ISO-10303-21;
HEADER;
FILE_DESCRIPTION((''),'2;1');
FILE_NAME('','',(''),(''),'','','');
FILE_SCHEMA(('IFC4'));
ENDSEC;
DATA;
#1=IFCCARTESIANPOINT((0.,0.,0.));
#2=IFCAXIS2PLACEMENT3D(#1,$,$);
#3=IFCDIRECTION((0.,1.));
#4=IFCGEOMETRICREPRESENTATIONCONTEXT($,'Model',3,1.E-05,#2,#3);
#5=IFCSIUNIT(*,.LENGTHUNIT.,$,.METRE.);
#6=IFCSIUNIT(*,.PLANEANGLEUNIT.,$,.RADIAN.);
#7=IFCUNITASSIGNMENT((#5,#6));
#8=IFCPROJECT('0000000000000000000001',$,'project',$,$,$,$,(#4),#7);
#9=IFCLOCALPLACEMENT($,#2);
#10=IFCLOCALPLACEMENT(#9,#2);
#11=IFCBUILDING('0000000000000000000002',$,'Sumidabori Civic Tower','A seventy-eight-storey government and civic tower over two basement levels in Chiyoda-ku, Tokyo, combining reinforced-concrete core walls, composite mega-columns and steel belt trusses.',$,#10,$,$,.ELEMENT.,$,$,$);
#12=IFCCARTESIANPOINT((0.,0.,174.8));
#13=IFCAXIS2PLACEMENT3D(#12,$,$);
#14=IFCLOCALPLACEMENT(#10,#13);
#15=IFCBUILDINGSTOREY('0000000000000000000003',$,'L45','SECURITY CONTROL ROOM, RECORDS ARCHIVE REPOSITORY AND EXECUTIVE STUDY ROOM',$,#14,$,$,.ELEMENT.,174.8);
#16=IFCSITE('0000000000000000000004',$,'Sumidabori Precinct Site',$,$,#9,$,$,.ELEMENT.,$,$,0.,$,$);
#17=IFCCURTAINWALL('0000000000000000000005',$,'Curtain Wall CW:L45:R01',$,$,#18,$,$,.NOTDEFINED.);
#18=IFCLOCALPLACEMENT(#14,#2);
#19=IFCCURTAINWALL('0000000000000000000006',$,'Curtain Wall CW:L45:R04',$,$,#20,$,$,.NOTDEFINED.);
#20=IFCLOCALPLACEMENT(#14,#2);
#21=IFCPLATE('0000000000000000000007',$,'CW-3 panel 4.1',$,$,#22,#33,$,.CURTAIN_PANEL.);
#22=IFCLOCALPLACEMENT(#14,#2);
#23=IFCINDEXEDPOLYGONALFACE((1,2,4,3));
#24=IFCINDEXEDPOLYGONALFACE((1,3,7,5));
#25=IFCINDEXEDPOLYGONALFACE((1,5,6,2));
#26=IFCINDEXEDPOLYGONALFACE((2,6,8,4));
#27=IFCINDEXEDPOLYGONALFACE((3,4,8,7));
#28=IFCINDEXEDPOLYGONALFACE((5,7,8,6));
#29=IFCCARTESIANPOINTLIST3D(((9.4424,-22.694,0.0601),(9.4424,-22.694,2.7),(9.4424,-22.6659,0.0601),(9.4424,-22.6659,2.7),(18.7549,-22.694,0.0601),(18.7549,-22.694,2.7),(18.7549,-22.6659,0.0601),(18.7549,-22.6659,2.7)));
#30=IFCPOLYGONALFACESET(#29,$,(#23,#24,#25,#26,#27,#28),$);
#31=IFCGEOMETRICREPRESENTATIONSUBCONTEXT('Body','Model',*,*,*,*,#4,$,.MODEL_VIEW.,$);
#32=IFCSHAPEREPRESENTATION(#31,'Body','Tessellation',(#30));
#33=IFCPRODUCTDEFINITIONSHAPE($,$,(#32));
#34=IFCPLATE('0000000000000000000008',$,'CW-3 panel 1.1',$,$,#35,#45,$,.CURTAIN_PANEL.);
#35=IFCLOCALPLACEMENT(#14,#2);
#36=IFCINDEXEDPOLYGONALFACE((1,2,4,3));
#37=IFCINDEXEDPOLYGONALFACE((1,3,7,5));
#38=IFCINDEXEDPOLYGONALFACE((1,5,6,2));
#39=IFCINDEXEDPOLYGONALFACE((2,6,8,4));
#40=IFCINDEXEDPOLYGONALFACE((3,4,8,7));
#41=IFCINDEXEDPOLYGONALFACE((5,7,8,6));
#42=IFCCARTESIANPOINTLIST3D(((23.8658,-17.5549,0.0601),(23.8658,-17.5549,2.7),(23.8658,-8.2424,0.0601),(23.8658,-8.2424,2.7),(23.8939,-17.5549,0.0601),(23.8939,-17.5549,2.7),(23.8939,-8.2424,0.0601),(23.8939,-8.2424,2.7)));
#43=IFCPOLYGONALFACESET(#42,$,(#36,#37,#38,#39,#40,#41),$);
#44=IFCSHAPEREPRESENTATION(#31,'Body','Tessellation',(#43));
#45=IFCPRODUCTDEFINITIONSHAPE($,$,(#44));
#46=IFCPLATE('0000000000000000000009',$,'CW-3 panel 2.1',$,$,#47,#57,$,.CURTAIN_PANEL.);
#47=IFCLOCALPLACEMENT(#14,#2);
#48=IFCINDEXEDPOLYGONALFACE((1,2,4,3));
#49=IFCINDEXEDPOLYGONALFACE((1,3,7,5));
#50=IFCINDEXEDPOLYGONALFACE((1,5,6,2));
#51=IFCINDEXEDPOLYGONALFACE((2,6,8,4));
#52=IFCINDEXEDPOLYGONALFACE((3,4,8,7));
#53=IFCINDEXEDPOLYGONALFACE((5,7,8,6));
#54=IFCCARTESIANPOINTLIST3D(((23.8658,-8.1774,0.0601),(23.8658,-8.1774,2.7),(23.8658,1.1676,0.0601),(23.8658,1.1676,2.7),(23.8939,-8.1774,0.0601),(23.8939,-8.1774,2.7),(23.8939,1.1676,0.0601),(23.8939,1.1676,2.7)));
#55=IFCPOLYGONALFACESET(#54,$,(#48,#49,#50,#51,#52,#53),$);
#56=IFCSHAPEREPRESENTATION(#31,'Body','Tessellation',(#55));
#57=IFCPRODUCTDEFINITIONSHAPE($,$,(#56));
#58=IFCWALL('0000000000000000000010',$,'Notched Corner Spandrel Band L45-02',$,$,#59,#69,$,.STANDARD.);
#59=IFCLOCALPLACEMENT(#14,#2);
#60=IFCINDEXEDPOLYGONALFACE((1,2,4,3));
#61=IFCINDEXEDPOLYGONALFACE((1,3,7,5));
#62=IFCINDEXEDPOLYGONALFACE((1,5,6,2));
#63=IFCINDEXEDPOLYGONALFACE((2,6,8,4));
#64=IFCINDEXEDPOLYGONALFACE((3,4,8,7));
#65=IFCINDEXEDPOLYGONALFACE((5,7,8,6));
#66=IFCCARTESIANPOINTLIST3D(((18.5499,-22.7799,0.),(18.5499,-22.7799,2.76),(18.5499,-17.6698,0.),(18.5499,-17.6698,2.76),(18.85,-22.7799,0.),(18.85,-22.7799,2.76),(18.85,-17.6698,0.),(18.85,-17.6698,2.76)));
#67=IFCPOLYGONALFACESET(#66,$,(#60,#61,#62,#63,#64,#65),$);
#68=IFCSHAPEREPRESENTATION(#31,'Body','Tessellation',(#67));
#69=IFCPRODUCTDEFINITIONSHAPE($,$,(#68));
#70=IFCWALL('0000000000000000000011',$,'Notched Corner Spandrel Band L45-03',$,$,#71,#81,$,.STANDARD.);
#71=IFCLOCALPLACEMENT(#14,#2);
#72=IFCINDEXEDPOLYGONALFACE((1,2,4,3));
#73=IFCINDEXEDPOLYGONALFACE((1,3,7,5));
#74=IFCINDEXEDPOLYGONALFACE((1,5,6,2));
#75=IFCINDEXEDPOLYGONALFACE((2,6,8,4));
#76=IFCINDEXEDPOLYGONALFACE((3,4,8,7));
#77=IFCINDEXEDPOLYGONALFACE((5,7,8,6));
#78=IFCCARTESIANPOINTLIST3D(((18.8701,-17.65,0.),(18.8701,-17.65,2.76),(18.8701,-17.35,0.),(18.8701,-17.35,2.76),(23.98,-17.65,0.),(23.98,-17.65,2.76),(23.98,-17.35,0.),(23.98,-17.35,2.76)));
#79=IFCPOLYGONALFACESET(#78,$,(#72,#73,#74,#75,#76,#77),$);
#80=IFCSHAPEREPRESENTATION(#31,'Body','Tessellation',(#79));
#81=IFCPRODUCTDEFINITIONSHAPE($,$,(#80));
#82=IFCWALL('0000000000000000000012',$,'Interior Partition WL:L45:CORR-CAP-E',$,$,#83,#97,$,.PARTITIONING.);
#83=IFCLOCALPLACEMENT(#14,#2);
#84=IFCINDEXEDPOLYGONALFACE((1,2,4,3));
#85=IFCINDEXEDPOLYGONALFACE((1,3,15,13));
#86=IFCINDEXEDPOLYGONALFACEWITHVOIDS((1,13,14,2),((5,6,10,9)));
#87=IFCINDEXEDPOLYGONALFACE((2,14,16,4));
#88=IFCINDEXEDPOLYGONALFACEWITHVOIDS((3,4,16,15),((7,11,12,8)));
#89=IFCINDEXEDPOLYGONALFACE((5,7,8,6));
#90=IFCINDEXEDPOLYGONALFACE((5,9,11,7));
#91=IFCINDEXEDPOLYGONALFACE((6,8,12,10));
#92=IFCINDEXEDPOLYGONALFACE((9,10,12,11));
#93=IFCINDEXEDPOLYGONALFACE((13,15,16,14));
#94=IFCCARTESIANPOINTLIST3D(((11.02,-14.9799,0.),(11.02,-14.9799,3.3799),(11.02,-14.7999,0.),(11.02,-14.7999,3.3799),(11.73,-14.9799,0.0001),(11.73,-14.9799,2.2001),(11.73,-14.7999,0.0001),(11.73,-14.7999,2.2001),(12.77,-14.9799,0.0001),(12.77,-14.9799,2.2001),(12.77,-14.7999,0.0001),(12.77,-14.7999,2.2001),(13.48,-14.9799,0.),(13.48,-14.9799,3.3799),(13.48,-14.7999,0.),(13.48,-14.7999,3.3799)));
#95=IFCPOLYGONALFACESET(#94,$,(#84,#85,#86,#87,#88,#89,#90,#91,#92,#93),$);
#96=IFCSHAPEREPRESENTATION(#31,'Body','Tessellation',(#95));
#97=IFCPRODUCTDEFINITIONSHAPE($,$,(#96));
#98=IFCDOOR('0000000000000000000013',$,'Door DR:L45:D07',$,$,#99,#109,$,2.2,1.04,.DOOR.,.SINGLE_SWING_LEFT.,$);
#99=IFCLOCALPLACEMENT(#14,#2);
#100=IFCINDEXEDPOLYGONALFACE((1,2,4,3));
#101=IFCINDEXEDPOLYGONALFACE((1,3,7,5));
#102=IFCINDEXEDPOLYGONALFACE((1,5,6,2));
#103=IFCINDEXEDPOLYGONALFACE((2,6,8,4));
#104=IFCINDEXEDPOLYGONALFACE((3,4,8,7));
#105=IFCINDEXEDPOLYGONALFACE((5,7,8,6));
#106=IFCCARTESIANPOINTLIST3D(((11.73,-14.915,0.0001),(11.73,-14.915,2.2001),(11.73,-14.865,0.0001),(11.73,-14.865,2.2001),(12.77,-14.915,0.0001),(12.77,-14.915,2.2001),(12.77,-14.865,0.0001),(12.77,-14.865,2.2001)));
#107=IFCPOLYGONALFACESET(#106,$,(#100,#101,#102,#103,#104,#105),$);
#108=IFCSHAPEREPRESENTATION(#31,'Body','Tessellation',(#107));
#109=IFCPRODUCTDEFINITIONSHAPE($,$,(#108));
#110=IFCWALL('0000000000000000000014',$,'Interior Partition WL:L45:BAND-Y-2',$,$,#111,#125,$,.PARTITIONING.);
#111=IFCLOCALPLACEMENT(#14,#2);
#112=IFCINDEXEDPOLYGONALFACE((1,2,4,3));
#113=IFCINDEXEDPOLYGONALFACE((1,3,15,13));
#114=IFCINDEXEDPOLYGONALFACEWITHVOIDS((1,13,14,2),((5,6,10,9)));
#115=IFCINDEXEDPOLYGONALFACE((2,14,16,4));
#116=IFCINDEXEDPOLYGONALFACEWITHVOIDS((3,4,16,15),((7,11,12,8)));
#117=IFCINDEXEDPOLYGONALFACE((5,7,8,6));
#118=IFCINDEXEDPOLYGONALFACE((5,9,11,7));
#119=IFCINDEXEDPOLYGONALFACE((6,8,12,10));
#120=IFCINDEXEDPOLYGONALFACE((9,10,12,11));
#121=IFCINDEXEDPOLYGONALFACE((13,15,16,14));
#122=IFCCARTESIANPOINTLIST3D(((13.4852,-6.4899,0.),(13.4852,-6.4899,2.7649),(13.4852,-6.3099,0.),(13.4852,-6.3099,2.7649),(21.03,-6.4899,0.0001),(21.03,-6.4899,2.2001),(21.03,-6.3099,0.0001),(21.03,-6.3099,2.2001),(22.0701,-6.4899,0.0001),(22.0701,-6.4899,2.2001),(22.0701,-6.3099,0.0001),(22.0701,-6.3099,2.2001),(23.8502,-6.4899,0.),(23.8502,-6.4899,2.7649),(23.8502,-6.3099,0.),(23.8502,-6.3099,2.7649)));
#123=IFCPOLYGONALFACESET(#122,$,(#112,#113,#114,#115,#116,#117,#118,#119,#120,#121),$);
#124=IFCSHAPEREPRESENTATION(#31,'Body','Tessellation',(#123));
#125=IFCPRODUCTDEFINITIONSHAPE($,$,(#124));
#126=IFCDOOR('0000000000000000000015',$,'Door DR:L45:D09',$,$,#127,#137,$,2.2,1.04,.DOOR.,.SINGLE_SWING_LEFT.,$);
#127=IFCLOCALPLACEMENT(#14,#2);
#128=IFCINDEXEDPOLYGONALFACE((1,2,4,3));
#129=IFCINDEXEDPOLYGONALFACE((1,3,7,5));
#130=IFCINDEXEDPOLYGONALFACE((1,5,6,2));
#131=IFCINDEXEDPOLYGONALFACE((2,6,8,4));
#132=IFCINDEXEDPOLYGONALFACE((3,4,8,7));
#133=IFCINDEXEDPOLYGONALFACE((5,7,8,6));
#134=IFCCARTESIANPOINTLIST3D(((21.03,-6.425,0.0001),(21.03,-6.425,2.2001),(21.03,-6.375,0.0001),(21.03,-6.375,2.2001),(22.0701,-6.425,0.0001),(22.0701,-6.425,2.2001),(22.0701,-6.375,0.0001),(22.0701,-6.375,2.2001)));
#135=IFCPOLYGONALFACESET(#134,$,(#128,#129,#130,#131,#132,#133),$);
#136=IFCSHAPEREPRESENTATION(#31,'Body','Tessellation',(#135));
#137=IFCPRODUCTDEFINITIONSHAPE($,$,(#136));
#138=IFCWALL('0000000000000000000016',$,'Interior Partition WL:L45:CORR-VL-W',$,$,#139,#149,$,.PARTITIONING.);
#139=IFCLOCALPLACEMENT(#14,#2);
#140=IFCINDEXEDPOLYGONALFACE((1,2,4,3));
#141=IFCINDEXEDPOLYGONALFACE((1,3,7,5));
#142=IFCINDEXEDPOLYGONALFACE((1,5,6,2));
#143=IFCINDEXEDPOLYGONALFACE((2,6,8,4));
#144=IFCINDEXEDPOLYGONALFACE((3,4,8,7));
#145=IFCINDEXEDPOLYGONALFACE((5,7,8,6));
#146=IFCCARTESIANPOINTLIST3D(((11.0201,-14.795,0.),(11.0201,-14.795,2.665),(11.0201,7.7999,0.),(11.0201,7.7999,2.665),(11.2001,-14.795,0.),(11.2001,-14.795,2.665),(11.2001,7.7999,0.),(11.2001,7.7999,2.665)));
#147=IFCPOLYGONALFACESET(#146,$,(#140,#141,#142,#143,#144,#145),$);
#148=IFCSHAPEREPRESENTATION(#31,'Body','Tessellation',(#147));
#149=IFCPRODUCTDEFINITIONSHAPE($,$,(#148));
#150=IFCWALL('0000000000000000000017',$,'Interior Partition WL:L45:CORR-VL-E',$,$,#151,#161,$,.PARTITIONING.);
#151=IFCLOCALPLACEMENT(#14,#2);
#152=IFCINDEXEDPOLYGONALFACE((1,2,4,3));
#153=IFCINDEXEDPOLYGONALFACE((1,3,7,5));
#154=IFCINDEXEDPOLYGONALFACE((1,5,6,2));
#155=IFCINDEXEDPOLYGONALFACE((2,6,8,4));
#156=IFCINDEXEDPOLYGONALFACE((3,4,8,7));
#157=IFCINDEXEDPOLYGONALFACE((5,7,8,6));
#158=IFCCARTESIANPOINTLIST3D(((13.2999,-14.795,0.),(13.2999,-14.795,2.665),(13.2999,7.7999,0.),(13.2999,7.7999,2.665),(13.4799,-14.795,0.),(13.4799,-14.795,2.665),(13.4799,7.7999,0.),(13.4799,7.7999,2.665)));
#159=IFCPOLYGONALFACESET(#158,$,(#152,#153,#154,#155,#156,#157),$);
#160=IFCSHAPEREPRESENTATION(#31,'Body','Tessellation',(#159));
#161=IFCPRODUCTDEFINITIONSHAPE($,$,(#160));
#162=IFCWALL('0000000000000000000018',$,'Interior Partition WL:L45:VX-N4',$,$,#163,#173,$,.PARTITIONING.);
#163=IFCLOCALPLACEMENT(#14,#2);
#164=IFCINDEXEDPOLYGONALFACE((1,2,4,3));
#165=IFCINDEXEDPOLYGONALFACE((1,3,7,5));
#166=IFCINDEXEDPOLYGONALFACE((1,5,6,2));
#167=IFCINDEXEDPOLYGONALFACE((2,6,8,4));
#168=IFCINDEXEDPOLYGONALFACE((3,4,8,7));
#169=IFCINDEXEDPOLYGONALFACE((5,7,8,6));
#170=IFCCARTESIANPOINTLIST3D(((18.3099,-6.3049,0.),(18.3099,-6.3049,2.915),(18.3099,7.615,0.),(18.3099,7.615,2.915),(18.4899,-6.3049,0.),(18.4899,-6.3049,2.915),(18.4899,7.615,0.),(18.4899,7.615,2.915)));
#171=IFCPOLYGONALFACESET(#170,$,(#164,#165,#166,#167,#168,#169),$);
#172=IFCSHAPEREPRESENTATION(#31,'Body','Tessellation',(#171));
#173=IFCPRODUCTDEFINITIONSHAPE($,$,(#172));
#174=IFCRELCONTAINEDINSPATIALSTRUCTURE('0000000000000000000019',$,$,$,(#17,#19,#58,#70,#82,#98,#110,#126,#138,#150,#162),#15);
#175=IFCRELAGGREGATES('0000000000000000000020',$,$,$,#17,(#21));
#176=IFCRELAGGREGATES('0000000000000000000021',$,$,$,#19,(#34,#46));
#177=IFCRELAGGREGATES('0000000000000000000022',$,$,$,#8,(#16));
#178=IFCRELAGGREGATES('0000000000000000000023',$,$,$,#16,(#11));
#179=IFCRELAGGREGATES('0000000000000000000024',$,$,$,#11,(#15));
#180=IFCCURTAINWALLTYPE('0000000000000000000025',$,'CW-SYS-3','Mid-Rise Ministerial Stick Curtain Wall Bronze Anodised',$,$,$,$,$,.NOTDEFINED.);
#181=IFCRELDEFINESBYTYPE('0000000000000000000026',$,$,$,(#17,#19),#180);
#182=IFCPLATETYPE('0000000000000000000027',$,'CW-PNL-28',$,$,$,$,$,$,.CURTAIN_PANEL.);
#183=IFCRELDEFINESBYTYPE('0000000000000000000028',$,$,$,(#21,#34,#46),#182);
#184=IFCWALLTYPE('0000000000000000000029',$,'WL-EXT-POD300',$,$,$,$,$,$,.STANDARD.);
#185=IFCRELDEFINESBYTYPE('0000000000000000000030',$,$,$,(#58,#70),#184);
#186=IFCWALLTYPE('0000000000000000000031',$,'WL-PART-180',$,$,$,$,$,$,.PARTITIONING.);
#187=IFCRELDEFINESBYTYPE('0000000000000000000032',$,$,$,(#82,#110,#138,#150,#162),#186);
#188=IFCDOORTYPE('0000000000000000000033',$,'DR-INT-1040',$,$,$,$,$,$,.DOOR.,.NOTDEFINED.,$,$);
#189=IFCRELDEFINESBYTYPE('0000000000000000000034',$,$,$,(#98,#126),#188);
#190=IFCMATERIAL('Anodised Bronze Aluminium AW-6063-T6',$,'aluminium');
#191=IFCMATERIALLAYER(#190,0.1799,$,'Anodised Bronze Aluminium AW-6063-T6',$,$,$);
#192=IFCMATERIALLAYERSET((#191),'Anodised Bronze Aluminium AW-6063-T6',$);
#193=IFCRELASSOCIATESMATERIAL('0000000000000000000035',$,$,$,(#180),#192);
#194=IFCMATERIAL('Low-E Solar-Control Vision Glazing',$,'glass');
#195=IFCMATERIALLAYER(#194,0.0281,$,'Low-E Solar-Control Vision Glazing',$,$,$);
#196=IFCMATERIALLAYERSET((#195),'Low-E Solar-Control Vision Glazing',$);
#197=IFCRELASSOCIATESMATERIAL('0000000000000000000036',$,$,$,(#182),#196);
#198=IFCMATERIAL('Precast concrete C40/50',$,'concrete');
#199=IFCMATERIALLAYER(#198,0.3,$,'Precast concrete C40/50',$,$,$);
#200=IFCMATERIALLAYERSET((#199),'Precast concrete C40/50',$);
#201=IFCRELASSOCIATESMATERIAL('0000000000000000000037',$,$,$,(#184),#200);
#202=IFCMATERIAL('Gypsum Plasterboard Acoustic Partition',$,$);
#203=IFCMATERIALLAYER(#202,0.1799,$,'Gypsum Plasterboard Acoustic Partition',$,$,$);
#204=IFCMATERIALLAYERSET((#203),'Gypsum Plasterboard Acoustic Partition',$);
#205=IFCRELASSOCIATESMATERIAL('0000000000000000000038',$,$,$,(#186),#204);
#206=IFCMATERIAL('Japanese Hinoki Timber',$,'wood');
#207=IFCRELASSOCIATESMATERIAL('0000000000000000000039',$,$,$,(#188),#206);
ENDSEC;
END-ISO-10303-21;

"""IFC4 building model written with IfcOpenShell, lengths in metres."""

from ifc_helpers import new_model, si_unit, direction, frame, frame_2d, origin, origin_2d, place, context, subcontext, project, spatial, rectangle, extrude, source, transform, mapped, material, layer, layer_set, type_object, element, fill, aggregate, save


model = new_model("IFC4")

# Units and contexts
model_context = context("Model", 3, precision=1e-05, world=origin(), true_north=direction((0.0, 1.0)))
body_context = subcontext(model_context, "Body", "Model", "MODEL_VIEW")
ifc_project = project(units=[si_unit("LENGTHUNIT", "METRE"), si_unit("PLANEANGLEUNIT", "RADIAN")], contexts=[model_context])

# Site, building, storey
site_placement = place(None, origin())
site = spatial("IfcSite", under=ifc_project, at=site_placement, Name="Sumidabori Precinct Site", CompositionType="ELEMENT", RefElevation=0.0)
building_placement = place(site_placement, origin())
building = spatial("IfcBuilding", under=site, at=building_placement, Name="Sumidabori Civic Tower", Description="A seventy-eight-storey government and civic tower over two basement levels in Chiyoda-ku, Tokyo, combining reinforced-concrete core walls, composite mega-columns and steel belt trusses.", CompositionType="ELEMENT")
storey_placement = place(building_placement, frame((0.0, 0.0, 174.8)))
storey = spatial("IfcBuildingStorey", under=building, at=storey_placement, Name="L45", Description="SECURITY CONTROL ROOM, RECORDS ARCHIVE REPOSITORY AND EXECUTIVE STUDY ROOM", CompositionType="ELEMENT", Elevation=174.8)

# Curtain walls
ifc_material_1 = material(Name="Anodised Bronze Aluminium AW-6063-T6", Category="aluminium")
ifc_layer_1 = layer(ifc_material_1, 0.1799, Name="Anodised Bronze Aluminium AW-6063-T6")
ifc_layer_set_1 = layer_set([ifc_layer_1], Name="Anodised Bronze Aluminium AW-6063-T6")
curtain_wall_type = type_object("IfcCurtainWallType", Name="CW-SYS-3", Description="Mid-Rise Ministerial Stick Curtain Wall Bronze Anodised", PredefinedType="NOTDEFINED", material=ifc_layer_set_1)
curtain_wall_1_placement = place(storey_placement, origin())
curtain_wall_1 = element("IfcCurtainWall", 1, at=curtain_wall_1_placement, inside=storey, type_object=curtain_wall_type, Name="Curtain Wall CW:L45:R01", PredefinedType="NOTDEFINED")
curtain_wall_2_placement = place(storey_placement, origin())
curtain_wall_2 = element("IfcCurtainWall", 2, at=curtain_wall_2_placement, inside=storey, type_object=curtain_wall_type, Name="Curtain Wall CW:L45:R04", PredefinedType="NOTDEFINED")

# Plates
ifc_material_2 = material(Name="Low-E Solar-Control Vision Glazing", Category="glass")
ifc_layer_2 = layer(ifc_material_2, 0.0281, Name="Low-E Solar-Control Vision Glazing")
ifc_layer_set_2 = layer_set([ifc_layer_2], Name="Low-E Solar-Control Vision Glazing")
plate_type = type_object("IfcPlateType", Name="CW-PNL-28", PredefinedType="CURTAIN_PANEL", material=ifc_layer_set_2)
shared_shape_1 = source(origin(), body_context, "Body", "SweptSolid", [
    extrude(rectangle(XDim=9.3125, YDim=0.0281, at=origin_2d()), origin(), (0.0, 0.0, 1.0), 2.6399),
])
plate_1_placement = place(storey_placement, frame((14.0986, -22.6799, 0.0601), z_axis=(0.0, 0.0, 1.0), x_axis=(1.0, 0.0, 0.0)))
plate_1 = element("IfcPlate", 3, at=plate_1_placement, type_object=plate_type, Name="CW-3 panel 4.1", PredefinedType="CURTAIN_PANEL", context=body_context, shape_type="MappedRepresentation", body=[
    mapped(shared_shape_1, transform((0.0, 0.0, 0.0), x_axis=(1.0, 0.0, 0.0), y_axis=(0.0, 1.0, 0.0), z_axis=(0.0, 0.0, 1.0), scale=1.0)),
])
aggregate(curtain_wall_1, [plate_1])
plate_2_placement = place(storey_placement, frame((23.8799, -12.8987, 0.0601), z_axis=(0.0, 0.0, 1.0), x_axis=(0.0, 1.0, 0.0)))
plate_2 = element("IfcPlate", 4, at=plate_2_placement, type_object=plate_type, Name="CW-3 panel 1.1", PredefinedType="CURTAIN_PANEL", context=body_context, shape_type="MappedRepresentation", body=[
    mapped(shared_shape_1, transform((0.0, 0.0, 0.0), x_axis=(1.0, 0.0, 0.0), y_axis=(0.0, 1.0, 0.0), z_axis=(0.0, 0.0, 1.0), scale=1.0)),
])
shared_shape_2 = source(origin(), body_context, "Body", "SweptSolid", [
    extrude(rectangle(XDim=9.345, YDim=0.0281, at=origin_2d()), origin(), (0.0, 0.0, 1.0), 2.6399),
])
plate_3_placement = place(storey_placement, frame((23.8799, -3.5049, 0.0601), z_axis=(0.0, 0.0, 1.0), x_axis=(0.0, 1.0, 0.0)))
plate_3 = element("IfcPlate", 5, at=plate_3_placement, type_object=plate_type, Name="CW-3 panel 2.1", PredefinedType="CURTAIN_PANEL", context=body_context, shape_type="MappedRepresentation", body=[
    mapped(shared_shape_2, transform((0.0, 0.0, 0.0), x_axis=(1.0, 0.0, 0.0), y_axis=(0.0, 1.0, 0.0), z_axis=(0.0, 0.0, 1.0), scale=1.0)),
])
aggregate(curtain_wall_2, [plate_2, plate_3])

# Walls
ifc_material_3 = material(Name="Precast concrete C40/50", Category="concrete")
ifc_layer_3 = layer(ifc_material_3, 0.3, Name="Precast concrete C40/50")
ifc_layer_set_3 = layer_set([ifc_layer_3], Name="Precast concrete C40/50")
wall_type_1 = type_object("IfcWallType", Name="WL-EXT-POD300", PredefinedType="STANDARD", material=ifc_layer_set_3)
shared_shape_3 = source(origin(), body_context, "Body", "SweptSolid", [
    extrude(rectangle(XDim=5.1101, YDim=0.3, at=frame_2d((2.5552, 0.0))), origin(), (0.0, 0.0, 1.0), 2.76),
])
wall_1_placement = place(storey_placement, frame((18.7, -22.78, 0.0), z_axis=(0.0, 0.0, 1.0), x_axis=(0.0, 1.0, 0.0)))
element("IfcWall", 6, at=wall_1_placement, inside=storey, type_object=wall_type_1, Name="Notched Corner Spandrel Band L45-02", PredefinedType="STANDARD", context=body_context, shape_type="MappedRepresentation", body=[
    mapped(shared_shape_3, transform((0.0, 0.0, 0.0), x_axis=(1.0, 0.0, 0.0), y_axis=(0.0, 1.0, 0.0), z_axis=(0.0, 0.0, 1.0), scale=1.0)),
])
shared_shape_4 = source(origin(), body_context, "Body", "SweptSolid", [
    extrude(rectangle(XDim=5.1099, YDim=0.3, at=frame_2d((2.5549, 0.0))), origin(), (0.0, 0.0, 1.0), 2.76),
])
wall_2_placement = place(storey_placement, frame((18.8701, -17.5, 0.0), z_axis=(0.0, 0.0, 1.0), x_axis=(1.0, 0.0, 0.0)))
element("IfcWall", 7, at=wall_2_placement, inside=storey, type_object=wall_type_1, Name="Notched Corner Spandrel Band L45-03", PredefinedType="STANDARD", context=body_context, shape_type="MappedRepresentation", body=[
    mapped(shared_shape_4, transform((0.0, 0.0, 0.0), x_axis=(1.0, 0.0, 0.0), y_axis=(0.0, 1.0, 0.0), z_axis=(0.0, 0.0, 1.0), scale=1.0)),
])

# Walls, openings, doors
ifc_material_4 = material(Name="Gypsum Plasterboard Acoustic Partition")
ifc_layer_4 = layer(ifc_material_4, 0.1799, Name="Gypsum Plasterboard Acoustic Partition")
ifc_layer_set_4 = layer_set([ifc_layer_4], Name="Gypsum Plasterboard Acoustic Partition")
wall_type_2 = type_object("IfcWallType", Name="WL-PART-180", PredefinedType="PARTITIONING", material=ifc_layer_set_4)
shared_shape_5 = source(origin(), body_context, "Body", "SweptSolid", [
    extrude(rectangle(XDim=2.46, YDim=0.1799, at=frame_2d((1.23, 0.0))), origin(), (0.0, 0.0, 1.0), 3.3799),
])
wall_3_placement = place(storey_placement, frame((11.02, -14.8899, 0.0), z_axis=(0.0, 0.0, 1.0), x_axis=(1.0, 0.0, 0.0)))
wall_3 = element("IfcWall", 8, at=wall_3_placement, inside=storey, type_object=wall_type_2, Name="Interior Partition WL:L45:CORR-CAP-E", PredefinedType="PARTITIONING", context=body_context, shape_type="MappedRepresentation", body=[
    mapped(shared_shape_5, transform((0.0, 0.0, 0.0), x_axis=(1.0, 0.0, 0.0), y_axis=(0.0, 1.0, 0.0), z_axis=(0.0, 0.0, 1.0), scale=1.0)),
])
opening_1_placement = place(wall_3_placement, frame((0.71, 0.0, 0.0)))
opening_1 = element("IfcOpeningElement", 9, at=opening_1_placement, cuts=wall_3, PredefinedType="OPENING", context=body_context, shape_type="SweptSolid", body=[
    extrude(rectangle(XDim=1.04, YDim=2.2, at=frame_2d((0.52, 1.1001))), frame((0.0, 0.1021, 0.0), z_axis=(0.0, -1.0, 0.0), x_axis=(1.0, 0.0, 0.0)), (0.0, 0.0, 1.0), 0.2039),
])
ifc_material_5 = material(Name="Japanese Hinoki Timber", Category="wood")
door_type = type_object("IfcDoorType", Name="DR-INT-1040", OperationType="NOTDEFINED", PredefinedType="DOOR", material=ifc_material_5)
shared_shape_6 = source(origin(), body_context, "Body", "SweptSolid", [
    extrude(rectangle(XDim=1.04, YDim=2.2, at=frame_2d((0.52, 1.1001))), frame((0.0, 0.0249, 0.0), z_axis=(0.0, -1.0, 0.0), x_axis=(1.0, 0.0, 0.0)), (0.0, 0.0, 1.0), 0.05),
])
door_1_placement = place(opening_1_placement, origin())
door_1 = element("IfcDoor", 10, at=door_1_placement, inside=storey, type_object=door_type, Name="Door DR:L45:D07", OperationType="SINGLE_SWING_LEFT", OverallHeight=2.2, OverallWidth=1.04, PredefinedType="DOOR", context=body_context, shape_type="MappedRepresentation", body=[
    mapped(shared_shape_6, transform((0.0, 0.0, 0.0), x_axis=(1.0, 0.0, 0.0), y_axis=(0.0, 1.0, 0.0), z_axis=(0.0, 0.0, 1.0), scale=1.0)),
])
fill(opening_1, door_1)
shared_shape_7 = source(origin(), body_context, "Body", "SweptSolid", [
    extrude(rectangle(XDim=10.365, YDim=0.1799, at=frame_2d((5.1826, 0.0))), origin(), (0.0, 0.0, 1.0), 2.7649),
])
wall_4_placement = place(storey_placement, frame((13.4851, -6.3999, 0.0), z_axis=(0.0, 0.0, 1.0), x_axis=(1.0, 0.0, 0.0)))
wall_4 = element("IfcWall", 11, at=wall_4_placement, inside=storey, type_object=wall_type_2, Name="Interior Partition WL:L45:BAND-Y-2", PredefinedType="PARTITIONING", context=body_context, shape_type="MappedRepresentation", body=[
    mapped(shared_shape_7, transform((0.0, 0.0, 0.0), x_axis=(1.0, 0.0, 0.0), y_axis=(0.0, 1.0, 0.0), z_axis=(0.0, 0.0, 1.0), scale=1.0)),
])
opening_2_placement = place(wall_4_placement, frame((7.5449, 0.0, 0.0)))
opening_2 = element("IfcOpeningElement", 12, at=opening_2_placement, cuts=wall_4, PredefinedType="OPENING", context=body_context, shape_type="SweptSolid", body=[
    extrude(rectangle(XDim=1.04, YDim=2.2, at=frame_2d((0.52, 1.1001))), frame((0.0, 0.1021, 0.0), z_axis=(0.0, -1.0, 0.0), x_axis=(1.0, 0.0, 0.0)), (0.0, 0.0, 1.0), 0.2039),
])
door_2_placement = place(opening_2_placement, origin())
door_2 = element("IfcDoor", 13, at=door_2_placement, inside=storey, type_object=door_type, Name="Door DR:L45:D09", OperationType="SINGLE_SWING_LEFT", OverallHeight=2.2, OverallWidth=1.04, PredefinedType="DOOR", context=body_context, shape_type="MappedRepresentation", body=[
    mapped(shared_shape_6, transform((0.0, 0.0, 0.0), x_axis=(1.0, 0.0, 0.0), y_axis=(0.0, 1.0, 0.0), z_axis=(0.0, 0.0, 1.0), scale=1.0)),
])
fill(opening_2, door_2)

# Walls
shared_shape_8 = source(origin(), body_context, "Body", "SweptSolid", [
    extrude(rectangle(XDim=22.595, YDim=0.1799, at=frame_2d((11.2974, 0.0))), origin(), (0.0, 0.0, 1.0), 2.665),
])
for number, where, z_axis, x_axis, name in (
    (14, (11.1101, -14.7949, 0.0), (0.0, 0.0, 1.0), (0.0, 1.0, 0.0), "Interior Partition WL:L45:CORR-VL-W"),
    (15, (13.3899, -14.7949, 0.0), (0.0, 0.0, 1.0), (0.0, 1.0, 0.0), "Interior Partition WL:L45:CORR-VL-E"),
):
    element("IfcWall", number, at=place(storey_placement, frame(where, z_axis=z_axis, x_axis=x_axis)), inside=storey, type_object=wall_type_2, Name=name, PredefinedType="PARTITIONING", context=body_context, shape_type="MappedRepresentation", body=[
        mapped(shared_shape_8, transform((0.0, 0.0, 0.0), x_axis=(1.0, 0.0, 0.0), y_axis=(0.0, 1.0, 0.0), z_axis=(0.0, 0.0, 1.0), scale=1.0)),
    ])
shared_shape_9 = source(origin(), body_context, "Body", "SweptSolid", [
    extrude(rectangle(XDim=13.9199, YDim=0.1799, at=frame_2d((6.96, 0.0))), origin(), (0.0, 0.0, 1.0), 2.915),
])
wall_5_placement = place(storey_placement, frame((18.3999, -6.3049, 0.0), z_axis=(0.0, 0.0, 1.0), x_axis=(0.0, 1.0, 0.0)))
element("IfcWall", 16, at=wall_5_placement, inside=storey, type_object=wall_type_2, Name="Interior Partition WL:L45:VX-N4", PredefinedType="PARTITIONING", context=body_context, shape_type="MappedRepresentation", body=[
    mapped(shared_shape_9, transform((0.0, 0.0, 0.0), x_axis=(1.0, 0.0, 0.0), y_axis=(0.0, 1.0, 0.0), z_axis=(0.0, 0.0, 1.0), scale=1.0)),
])

save(model, "model.ifc")
